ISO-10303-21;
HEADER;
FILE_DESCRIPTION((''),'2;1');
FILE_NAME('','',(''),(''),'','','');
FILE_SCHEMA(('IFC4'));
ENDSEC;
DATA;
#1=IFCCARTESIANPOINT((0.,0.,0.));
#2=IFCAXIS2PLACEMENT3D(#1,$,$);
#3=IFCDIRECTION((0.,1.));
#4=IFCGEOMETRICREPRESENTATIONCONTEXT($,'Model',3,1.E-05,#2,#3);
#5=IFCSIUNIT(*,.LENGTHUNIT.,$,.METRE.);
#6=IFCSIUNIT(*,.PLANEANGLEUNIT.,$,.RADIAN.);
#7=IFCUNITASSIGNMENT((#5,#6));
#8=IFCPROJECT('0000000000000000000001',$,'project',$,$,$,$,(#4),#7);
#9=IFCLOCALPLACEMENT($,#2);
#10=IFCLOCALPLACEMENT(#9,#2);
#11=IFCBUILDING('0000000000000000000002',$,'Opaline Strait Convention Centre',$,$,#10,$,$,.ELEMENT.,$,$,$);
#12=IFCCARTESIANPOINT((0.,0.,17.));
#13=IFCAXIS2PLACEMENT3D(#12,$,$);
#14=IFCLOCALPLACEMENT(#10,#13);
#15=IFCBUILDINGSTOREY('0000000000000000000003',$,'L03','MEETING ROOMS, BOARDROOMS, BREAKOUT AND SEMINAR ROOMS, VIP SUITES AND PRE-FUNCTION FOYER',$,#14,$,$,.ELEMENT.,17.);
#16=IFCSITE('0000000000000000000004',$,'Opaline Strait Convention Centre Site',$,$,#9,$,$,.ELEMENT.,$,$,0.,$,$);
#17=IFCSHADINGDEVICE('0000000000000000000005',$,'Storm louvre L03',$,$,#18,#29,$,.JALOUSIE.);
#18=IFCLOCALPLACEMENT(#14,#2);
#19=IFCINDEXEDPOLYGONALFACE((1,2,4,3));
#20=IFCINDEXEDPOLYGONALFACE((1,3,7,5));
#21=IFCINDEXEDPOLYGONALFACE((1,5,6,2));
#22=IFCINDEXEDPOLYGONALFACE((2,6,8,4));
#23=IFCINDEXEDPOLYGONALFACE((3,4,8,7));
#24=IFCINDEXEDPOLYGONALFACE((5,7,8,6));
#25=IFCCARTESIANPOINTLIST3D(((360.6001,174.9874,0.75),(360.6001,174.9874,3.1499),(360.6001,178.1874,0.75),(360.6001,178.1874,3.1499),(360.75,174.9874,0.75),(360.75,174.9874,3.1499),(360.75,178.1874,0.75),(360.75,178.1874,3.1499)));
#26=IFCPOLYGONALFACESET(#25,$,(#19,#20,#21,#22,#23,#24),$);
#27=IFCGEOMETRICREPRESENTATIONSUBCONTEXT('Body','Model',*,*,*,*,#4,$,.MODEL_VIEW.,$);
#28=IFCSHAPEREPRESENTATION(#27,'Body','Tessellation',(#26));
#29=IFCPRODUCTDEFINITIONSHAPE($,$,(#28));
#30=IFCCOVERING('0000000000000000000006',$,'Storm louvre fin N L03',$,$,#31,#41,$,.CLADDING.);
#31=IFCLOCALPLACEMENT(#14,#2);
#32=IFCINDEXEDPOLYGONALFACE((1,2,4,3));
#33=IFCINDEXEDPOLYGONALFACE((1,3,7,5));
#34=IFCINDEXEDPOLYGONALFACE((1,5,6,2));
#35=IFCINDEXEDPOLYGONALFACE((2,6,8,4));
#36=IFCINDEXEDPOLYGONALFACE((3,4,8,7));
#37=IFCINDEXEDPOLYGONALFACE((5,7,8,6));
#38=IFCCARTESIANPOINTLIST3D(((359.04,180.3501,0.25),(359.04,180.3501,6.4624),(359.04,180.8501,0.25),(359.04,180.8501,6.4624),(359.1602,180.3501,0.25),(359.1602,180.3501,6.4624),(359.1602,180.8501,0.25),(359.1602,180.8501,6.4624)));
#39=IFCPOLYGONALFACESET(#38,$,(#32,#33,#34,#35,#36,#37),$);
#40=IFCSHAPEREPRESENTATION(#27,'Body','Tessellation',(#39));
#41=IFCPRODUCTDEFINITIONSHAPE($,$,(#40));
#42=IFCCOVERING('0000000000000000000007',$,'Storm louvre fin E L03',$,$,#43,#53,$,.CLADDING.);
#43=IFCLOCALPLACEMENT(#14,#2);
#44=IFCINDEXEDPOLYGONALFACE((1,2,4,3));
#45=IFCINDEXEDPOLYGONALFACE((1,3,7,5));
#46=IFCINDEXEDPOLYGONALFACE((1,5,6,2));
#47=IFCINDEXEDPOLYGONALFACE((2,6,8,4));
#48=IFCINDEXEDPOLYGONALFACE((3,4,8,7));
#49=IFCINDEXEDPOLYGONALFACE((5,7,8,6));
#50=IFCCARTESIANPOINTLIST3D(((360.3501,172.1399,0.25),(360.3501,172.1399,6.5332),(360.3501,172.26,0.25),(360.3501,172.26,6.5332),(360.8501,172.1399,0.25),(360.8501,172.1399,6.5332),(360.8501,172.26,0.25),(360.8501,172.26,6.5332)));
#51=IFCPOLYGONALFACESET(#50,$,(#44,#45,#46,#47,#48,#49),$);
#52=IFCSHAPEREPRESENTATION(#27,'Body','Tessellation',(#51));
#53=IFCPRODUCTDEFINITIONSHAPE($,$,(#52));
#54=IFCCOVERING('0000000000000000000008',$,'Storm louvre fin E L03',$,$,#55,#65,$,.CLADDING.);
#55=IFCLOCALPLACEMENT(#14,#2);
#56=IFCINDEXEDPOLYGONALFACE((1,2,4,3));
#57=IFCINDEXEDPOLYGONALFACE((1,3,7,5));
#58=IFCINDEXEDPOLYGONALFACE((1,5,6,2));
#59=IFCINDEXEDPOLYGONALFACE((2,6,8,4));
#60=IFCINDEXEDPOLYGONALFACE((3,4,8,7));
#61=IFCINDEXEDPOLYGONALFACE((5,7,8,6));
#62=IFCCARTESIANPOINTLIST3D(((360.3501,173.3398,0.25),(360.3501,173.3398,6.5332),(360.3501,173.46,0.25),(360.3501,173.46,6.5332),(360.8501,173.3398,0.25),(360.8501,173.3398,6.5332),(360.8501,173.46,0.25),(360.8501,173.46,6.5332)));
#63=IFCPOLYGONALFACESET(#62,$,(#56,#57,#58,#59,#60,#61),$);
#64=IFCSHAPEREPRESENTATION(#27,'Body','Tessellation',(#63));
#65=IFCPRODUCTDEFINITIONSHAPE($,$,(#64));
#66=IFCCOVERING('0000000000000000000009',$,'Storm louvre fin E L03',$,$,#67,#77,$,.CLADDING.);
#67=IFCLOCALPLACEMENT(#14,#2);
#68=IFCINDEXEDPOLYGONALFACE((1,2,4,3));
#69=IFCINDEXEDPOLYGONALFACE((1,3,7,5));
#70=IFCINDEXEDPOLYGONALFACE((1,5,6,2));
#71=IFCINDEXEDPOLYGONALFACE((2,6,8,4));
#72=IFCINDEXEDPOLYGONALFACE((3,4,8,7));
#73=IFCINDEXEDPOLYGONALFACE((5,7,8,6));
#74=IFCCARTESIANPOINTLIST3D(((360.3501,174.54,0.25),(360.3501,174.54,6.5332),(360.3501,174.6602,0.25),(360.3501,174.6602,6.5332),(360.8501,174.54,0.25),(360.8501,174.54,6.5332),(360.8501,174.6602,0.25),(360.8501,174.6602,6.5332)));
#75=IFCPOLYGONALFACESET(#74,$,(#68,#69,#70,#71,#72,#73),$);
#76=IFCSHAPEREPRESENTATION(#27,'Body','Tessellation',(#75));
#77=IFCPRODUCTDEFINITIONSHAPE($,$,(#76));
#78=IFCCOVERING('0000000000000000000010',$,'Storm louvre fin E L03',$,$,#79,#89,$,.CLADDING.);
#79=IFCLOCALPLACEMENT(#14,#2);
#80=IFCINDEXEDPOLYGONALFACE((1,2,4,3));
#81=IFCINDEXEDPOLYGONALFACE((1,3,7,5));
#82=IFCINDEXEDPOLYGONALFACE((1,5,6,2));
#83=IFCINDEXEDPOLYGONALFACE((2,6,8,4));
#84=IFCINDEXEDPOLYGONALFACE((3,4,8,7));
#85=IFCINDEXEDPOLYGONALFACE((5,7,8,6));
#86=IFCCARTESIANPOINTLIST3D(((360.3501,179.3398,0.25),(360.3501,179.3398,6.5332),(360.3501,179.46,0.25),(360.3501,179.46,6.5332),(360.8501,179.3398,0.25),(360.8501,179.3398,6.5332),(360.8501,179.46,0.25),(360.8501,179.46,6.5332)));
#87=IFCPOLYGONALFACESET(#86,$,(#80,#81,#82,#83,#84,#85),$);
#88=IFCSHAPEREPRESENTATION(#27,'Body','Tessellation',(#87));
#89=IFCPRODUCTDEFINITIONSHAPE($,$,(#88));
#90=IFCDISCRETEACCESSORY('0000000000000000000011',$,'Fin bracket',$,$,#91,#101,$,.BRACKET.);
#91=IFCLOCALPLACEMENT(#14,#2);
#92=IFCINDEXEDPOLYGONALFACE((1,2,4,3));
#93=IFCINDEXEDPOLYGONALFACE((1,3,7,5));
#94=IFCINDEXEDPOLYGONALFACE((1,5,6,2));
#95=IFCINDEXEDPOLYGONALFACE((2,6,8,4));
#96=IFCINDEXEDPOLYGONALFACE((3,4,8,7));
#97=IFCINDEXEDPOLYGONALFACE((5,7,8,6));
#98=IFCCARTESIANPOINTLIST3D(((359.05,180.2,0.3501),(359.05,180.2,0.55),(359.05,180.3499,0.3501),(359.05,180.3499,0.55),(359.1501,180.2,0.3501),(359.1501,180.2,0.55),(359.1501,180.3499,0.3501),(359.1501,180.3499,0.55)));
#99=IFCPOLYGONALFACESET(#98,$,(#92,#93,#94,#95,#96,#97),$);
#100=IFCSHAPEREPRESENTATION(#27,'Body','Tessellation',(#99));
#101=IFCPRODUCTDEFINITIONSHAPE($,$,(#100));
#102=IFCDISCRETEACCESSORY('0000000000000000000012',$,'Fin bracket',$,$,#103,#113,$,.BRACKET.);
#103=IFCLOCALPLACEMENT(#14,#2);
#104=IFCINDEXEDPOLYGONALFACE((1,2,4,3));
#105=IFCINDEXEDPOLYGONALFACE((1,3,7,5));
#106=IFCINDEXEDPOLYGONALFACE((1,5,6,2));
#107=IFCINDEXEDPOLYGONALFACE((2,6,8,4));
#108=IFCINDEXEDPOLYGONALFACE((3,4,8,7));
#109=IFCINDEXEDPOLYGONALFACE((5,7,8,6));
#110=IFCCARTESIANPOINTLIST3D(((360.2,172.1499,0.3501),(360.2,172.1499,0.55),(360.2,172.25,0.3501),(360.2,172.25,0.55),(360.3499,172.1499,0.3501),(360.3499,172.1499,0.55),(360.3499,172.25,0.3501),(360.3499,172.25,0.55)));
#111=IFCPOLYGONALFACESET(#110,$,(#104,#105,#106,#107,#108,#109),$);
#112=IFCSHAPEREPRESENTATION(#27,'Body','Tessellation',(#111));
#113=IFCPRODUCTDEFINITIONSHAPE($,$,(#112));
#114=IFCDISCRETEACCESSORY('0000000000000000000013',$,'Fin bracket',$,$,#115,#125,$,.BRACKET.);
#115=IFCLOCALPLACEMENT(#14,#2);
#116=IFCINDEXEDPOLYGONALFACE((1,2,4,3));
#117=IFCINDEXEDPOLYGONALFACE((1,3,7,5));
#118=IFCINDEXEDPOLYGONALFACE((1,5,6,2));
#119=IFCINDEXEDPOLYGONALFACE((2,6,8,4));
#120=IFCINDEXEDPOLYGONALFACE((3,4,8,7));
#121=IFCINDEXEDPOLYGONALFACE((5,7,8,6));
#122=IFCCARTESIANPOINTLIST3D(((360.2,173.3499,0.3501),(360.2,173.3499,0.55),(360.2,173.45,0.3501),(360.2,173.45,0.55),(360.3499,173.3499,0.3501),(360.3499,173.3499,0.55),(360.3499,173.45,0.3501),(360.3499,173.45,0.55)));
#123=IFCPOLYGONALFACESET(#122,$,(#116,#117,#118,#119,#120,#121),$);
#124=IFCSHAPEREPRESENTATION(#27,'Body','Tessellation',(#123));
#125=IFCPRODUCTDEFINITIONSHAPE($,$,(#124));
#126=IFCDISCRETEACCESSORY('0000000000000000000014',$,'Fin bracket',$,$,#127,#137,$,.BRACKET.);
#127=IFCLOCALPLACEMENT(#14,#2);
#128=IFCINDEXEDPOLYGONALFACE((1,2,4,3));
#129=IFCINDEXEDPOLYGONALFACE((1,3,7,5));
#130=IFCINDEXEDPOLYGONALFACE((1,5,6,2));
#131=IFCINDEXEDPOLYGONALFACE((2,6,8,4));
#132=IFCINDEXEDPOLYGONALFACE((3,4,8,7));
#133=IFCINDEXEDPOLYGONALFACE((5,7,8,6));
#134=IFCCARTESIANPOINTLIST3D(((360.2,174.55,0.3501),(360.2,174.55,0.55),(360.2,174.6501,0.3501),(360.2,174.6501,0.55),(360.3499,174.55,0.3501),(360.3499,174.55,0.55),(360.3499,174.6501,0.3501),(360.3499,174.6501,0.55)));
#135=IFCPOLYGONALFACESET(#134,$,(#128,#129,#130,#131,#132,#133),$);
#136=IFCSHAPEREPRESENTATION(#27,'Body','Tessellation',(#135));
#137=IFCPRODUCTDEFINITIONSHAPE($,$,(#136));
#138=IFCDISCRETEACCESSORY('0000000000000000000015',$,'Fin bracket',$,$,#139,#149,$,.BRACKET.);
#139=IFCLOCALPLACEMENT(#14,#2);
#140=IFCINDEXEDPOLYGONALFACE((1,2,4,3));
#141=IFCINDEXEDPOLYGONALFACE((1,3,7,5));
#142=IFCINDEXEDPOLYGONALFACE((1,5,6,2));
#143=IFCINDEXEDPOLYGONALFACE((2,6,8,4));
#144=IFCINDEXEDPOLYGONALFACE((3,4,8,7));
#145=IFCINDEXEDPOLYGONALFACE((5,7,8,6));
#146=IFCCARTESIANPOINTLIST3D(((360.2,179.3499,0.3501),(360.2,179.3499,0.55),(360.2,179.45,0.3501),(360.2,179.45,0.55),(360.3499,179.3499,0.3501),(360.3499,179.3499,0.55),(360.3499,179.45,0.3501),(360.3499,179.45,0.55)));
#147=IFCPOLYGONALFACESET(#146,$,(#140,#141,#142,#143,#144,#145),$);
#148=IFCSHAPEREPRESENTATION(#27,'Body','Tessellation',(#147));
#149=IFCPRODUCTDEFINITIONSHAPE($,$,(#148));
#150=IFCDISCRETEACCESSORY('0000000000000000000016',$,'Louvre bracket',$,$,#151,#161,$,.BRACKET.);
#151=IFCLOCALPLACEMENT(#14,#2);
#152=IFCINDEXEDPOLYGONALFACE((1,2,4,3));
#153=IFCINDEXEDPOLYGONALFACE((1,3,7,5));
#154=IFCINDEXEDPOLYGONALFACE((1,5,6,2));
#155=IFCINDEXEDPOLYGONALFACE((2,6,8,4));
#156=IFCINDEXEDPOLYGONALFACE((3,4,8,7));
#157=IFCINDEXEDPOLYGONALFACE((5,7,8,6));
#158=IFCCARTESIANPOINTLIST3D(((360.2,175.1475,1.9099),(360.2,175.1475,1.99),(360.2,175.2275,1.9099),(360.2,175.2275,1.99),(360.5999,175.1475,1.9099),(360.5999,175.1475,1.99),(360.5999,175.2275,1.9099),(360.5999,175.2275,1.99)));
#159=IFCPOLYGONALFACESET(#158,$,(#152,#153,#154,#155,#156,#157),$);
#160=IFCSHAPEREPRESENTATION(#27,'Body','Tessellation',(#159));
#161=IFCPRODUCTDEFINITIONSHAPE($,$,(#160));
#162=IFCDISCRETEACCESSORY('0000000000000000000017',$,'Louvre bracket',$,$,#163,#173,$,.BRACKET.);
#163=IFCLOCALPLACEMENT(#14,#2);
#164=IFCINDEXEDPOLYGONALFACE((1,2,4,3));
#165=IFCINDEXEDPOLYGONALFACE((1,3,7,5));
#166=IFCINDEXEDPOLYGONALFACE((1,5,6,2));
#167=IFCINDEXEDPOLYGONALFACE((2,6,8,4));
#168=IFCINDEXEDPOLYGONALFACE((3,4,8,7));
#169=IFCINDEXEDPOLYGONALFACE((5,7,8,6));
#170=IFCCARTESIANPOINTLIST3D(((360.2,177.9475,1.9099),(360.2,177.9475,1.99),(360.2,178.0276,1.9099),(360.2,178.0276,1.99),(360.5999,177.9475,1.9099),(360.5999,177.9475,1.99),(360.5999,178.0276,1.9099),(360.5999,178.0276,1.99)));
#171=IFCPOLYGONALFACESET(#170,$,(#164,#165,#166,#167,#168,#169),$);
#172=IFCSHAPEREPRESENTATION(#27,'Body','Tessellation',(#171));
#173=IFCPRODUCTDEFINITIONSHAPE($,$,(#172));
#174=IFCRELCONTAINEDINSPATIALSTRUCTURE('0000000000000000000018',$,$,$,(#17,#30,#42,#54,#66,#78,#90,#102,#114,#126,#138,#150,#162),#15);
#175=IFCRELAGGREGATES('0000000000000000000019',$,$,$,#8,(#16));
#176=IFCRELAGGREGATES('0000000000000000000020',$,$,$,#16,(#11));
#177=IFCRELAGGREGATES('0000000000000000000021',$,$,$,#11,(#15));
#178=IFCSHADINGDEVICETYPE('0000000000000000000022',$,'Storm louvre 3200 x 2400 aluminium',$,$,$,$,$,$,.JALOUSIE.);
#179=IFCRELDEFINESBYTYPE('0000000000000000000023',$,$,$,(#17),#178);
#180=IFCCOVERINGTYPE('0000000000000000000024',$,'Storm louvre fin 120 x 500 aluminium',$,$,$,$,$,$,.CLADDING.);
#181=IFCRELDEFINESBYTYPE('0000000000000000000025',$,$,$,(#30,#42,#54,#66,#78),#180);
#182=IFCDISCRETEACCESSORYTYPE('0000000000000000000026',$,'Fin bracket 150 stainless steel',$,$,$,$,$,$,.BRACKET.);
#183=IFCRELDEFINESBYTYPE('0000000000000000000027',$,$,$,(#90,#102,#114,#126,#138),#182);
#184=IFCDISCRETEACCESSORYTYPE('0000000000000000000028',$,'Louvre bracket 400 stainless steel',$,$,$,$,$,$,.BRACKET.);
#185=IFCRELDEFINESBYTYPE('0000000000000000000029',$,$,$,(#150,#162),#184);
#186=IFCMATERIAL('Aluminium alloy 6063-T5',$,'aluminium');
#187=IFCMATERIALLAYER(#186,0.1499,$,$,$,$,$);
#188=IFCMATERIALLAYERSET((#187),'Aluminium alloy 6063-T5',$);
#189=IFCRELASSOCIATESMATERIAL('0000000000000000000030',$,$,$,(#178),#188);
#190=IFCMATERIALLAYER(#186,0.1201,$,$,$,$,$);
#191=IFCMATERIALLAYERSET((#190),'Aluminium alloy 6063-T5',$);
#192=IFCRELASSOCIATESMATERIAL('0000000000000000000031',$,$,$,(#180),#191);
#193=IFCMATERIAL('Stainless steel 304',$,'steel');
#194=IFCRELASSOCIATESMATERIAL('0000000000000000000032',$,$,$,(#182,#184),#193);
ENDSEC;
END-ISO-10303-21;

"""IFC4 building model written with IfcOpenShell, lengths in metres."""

from ifc_helpers import new_model, si_unit, direction, frame, origin, origin_2d, place, context, subcontext, project, spatial, rectangle, extrude, material, layer, layer_set, type_object, element, save


model = new_model("IFC4")

# Units and contexts
model_context = context("Model", 3, precision=1e-05, world=origin(), true_north=direction((0.0, 1.0)))
body_context = subcontext(model_context, "Body", "Model", "MODEL_VIEW")
ifc_project = project(units=[si_unit("LENGTHUNIT", "METRE"), si_unit("PLANEANGLEUNIT", "RADIAN")], contexts=[model_context])

# Site, building, storey
site_placement = place(None, origin())
site = spatial("IfcSite", under=ifc_project, at=site_placement, Name="Opaline Strait Convention Centre Site", CompositionType="ELEMENT", RefElevation=0.0)
building_placement = place(site_placement, origin())
building = spatial("IfcBuilding", under=site, at=building_placement, Name="Opaline Strait Convention Centre", CompositionType="ELEMENT")
storey_placement = place(building_placement, frame((0.0, 0.0, 17.0)))
storey = spatial("IfcBuildingStorey", under=building, at=storey_placement, Name="L03", Description="MEETING ROOMS, BOARDROOMS, BREAKOUT AND SEMINAR ROOMS, VIP SUITES AND PRE-FUNCTION FOYER", CompositionType="ELEMENT", Elevation=17.0)

# Shading device
ifc_material_1 = material(Name="Aluminium alloy 6063-T5", Category="aluminium")
ifc_layer_1 = layer(ifc_material_1, 0.1499)
ifc_layer_set_1 = layer_set([ifc_layer_1], Name="Aluminium alloy 6063-T5")
shading_device_type = type_object("IfcShadingDeviceType", Name="Storm louvre 3200 x 2400 aluminium", PredefinedType="JALOUSIE", material=ifc_layer_set_1)
shading_device_placement = place(storey_placement, frame((360.675, 176.5874, 0.75), z_axis=(0.0, 0.0, 1.0), x_axis=(1.0, 0.0, 0.0)))
element("IfcShadingDevice", 1, at=shading_device_placement, inside=storey, type_object=shading_device_type, Name="Storm louvre L03", PredefinedType="JALOUSIE", context=body_context, shape_type="SweptSolid", body=[
    extrude(rectangle(XDim=0.1499, YDim=3.2, at=origin_2d()), origin(), (0.0, 0.0, 1.0), 2.3999),
])

# Coverings
ifc_layer_2 = layer(ifc_material_1, 0.1201)
ifc_layer_set_2 = layer_set([ifc_layer_2], Name="Aluminium alloy 6063-T5")
covering_type = type_object("IfcCoveringType", Name="Storm louvre fin 120 x 500 aluminium", PredefinedType="CLADDING", material=ifc_layer_set_2)
covering_placement = place(storey_placement, frame((359.1001, 180.6001, 0.25), z_axis=(0.0, 0.0, 1.0), x_axis=(1.0, 0.0, 0.0)))
element("IfcCovering", 2, at=covering_placement, inside=storey, type_object=covering_type, Name="Storm louvre fin N L03", PredefinedType="CLADDING", context=body_context, shape_type="SweptSolid", body=[
    extrude(rectangle(XDim=0.1201, YDim=0.5, at=origin_2d()), origin(), (0.0, 0.0, 1.0), 6.2124),
])
for number, where, z_axis, x_axis, name in (
    (3, (360.6001, 172.2, 0.25), (0.0, 0.0, 1.0), (1.0, 0.0, 0.0), "Storm louvre fin E L03"),
    (4, (360.6001, 173.3999, 0.25), (0.0, 0.0, 1.0), (1.0, 0.0, 0.0), "Storm louvre fin E L03"),
    (5, (360.6001, 174.6001, 0.25), (0.0, 0.0, 1.0), (1.0, 0.0, 0.0), "Storm louvre fin E L03"),
    (6, (360.6001, 179.3999, 0.25), (0.0, 0.0, 1.0), (1.0, 0.0, 0.0), "Storm louvre fin E L03"),
):
    element("IfcCovering", number, at=place(storey_placement, frame(where, z_axis=z_axis, x_axis=x_axis)), inside=storey, type_object=covering_type, Name=name, PredefinedType="CLADDING", context=body_context, shape_type="SweptSolid", body=[
        extrude(rectangle(XDim=0.5, YDim=0.1201, at=origin_2d()), origin(), (0.0, 0.0, 1.0), 6.2832),
    ])

# Discrete accessories
ifc_material_2 = material(Name="Stainless steel 304", Category="steel")
discrete_accessory_type_1 = type_object("IfcDiscreteAccessoryType", Name="Fin bracket 150 stainless steel", PredefinedType="BRACKET", material=ifc_material_2)
discrete_accessory_placement = place(storey_placement, frame((359.1001, 180.2749, 0.3501), z_axis=(0.0, 0.0, 1.0), x_axis=(1.0, 0.0, 0.0)))
element("IfcDiscreteAccessory", 7, at=discrete_accessory_placement, inside=storey, type_object=discrete_accessory_type_1, Name="Fin bracket", PredefinedType="BRACKET", context=body_context, shape_type="SweptSolid", body=[
    extrude(rectangle(XDim=0.1001, YDim=0.1499, at=origin_2d()), origin(), (0.0, 0.0, 1.0), 0.2),
])
for number, where, z_axis, x_axis, name in (
    (8, (360.2749, 172.2, 0.3501), (0.0, 0.0, 1.0), (1.0, 0.0, 0.0), "Fin bracket"),
    (9, (360.2749, 173.3999, 0.3501), (0.0, 0.0, 1.0), (1.0, 0.0, 0.0), "Fin bracket"),
    (10, (360.2749, 174.6001, 0.3501), (0.0, 0.0, 1.0), (1.0, 0.0, 0.0), "Fin bracket"),
    (11, (360.2749, 179.3999, 0.3501), (0.0, 0.0, 1.0), (1.0, 0.0, 0.0), "Fin bracket"),
):
    element("IfcDiscreteAccessory", number, at=place(storey_placement, frame(where, z_axis=z_axis, x_axis=x_axis)), inside=storey, type_object=discrete_accessory_type_1, Name=name, PredefinedType="BRACKET", context=body_context, shape_type="SweptSolid", body=[
        extrude(rectangle(XDim=0.1499, YDim=0.1001, at=origin_2d()), origin(), (0.0, 0.0, 1.0), 0.2),
    ])
discrete_accessory_type_2 = type_object("IfcDiscreteAccessoryType", Name="Louvre bracket 400 stainless steel", PredefinedType="BRACKET", material=ifc_material_2)
for number, where, z_axis, x_axis, name in (
    (12, (360.3999, 175.1875, 1.9099), (0.0, 0.0, 1.0), (1.0, 0.0, 0.0), "Louvre bracket"),
    (13, (360.3999, 177.9875, 1.9099), (0.0, 0.0, 1.0), (1.0, 0.0, 0.0), "Louvre bracket"),
):
    element("IfcDiscreteAccessory", number, at=place(storey_placement, frame(where, z_axis=z_axis, x_axis=x_axis)), inside=storey, type_object=discrete_accessory_type_2, Name=name, PredefinedType="BRACKET", context=body_context, shape_type="SweptSolid", body=[
        extrude(rectangle(XDim=0.3999, YDim=0.0801, at=origin_2d()), origin(), (0.0, 0.0, 1.0), 0.0801),
    ])

save(model, "model.ifc")
